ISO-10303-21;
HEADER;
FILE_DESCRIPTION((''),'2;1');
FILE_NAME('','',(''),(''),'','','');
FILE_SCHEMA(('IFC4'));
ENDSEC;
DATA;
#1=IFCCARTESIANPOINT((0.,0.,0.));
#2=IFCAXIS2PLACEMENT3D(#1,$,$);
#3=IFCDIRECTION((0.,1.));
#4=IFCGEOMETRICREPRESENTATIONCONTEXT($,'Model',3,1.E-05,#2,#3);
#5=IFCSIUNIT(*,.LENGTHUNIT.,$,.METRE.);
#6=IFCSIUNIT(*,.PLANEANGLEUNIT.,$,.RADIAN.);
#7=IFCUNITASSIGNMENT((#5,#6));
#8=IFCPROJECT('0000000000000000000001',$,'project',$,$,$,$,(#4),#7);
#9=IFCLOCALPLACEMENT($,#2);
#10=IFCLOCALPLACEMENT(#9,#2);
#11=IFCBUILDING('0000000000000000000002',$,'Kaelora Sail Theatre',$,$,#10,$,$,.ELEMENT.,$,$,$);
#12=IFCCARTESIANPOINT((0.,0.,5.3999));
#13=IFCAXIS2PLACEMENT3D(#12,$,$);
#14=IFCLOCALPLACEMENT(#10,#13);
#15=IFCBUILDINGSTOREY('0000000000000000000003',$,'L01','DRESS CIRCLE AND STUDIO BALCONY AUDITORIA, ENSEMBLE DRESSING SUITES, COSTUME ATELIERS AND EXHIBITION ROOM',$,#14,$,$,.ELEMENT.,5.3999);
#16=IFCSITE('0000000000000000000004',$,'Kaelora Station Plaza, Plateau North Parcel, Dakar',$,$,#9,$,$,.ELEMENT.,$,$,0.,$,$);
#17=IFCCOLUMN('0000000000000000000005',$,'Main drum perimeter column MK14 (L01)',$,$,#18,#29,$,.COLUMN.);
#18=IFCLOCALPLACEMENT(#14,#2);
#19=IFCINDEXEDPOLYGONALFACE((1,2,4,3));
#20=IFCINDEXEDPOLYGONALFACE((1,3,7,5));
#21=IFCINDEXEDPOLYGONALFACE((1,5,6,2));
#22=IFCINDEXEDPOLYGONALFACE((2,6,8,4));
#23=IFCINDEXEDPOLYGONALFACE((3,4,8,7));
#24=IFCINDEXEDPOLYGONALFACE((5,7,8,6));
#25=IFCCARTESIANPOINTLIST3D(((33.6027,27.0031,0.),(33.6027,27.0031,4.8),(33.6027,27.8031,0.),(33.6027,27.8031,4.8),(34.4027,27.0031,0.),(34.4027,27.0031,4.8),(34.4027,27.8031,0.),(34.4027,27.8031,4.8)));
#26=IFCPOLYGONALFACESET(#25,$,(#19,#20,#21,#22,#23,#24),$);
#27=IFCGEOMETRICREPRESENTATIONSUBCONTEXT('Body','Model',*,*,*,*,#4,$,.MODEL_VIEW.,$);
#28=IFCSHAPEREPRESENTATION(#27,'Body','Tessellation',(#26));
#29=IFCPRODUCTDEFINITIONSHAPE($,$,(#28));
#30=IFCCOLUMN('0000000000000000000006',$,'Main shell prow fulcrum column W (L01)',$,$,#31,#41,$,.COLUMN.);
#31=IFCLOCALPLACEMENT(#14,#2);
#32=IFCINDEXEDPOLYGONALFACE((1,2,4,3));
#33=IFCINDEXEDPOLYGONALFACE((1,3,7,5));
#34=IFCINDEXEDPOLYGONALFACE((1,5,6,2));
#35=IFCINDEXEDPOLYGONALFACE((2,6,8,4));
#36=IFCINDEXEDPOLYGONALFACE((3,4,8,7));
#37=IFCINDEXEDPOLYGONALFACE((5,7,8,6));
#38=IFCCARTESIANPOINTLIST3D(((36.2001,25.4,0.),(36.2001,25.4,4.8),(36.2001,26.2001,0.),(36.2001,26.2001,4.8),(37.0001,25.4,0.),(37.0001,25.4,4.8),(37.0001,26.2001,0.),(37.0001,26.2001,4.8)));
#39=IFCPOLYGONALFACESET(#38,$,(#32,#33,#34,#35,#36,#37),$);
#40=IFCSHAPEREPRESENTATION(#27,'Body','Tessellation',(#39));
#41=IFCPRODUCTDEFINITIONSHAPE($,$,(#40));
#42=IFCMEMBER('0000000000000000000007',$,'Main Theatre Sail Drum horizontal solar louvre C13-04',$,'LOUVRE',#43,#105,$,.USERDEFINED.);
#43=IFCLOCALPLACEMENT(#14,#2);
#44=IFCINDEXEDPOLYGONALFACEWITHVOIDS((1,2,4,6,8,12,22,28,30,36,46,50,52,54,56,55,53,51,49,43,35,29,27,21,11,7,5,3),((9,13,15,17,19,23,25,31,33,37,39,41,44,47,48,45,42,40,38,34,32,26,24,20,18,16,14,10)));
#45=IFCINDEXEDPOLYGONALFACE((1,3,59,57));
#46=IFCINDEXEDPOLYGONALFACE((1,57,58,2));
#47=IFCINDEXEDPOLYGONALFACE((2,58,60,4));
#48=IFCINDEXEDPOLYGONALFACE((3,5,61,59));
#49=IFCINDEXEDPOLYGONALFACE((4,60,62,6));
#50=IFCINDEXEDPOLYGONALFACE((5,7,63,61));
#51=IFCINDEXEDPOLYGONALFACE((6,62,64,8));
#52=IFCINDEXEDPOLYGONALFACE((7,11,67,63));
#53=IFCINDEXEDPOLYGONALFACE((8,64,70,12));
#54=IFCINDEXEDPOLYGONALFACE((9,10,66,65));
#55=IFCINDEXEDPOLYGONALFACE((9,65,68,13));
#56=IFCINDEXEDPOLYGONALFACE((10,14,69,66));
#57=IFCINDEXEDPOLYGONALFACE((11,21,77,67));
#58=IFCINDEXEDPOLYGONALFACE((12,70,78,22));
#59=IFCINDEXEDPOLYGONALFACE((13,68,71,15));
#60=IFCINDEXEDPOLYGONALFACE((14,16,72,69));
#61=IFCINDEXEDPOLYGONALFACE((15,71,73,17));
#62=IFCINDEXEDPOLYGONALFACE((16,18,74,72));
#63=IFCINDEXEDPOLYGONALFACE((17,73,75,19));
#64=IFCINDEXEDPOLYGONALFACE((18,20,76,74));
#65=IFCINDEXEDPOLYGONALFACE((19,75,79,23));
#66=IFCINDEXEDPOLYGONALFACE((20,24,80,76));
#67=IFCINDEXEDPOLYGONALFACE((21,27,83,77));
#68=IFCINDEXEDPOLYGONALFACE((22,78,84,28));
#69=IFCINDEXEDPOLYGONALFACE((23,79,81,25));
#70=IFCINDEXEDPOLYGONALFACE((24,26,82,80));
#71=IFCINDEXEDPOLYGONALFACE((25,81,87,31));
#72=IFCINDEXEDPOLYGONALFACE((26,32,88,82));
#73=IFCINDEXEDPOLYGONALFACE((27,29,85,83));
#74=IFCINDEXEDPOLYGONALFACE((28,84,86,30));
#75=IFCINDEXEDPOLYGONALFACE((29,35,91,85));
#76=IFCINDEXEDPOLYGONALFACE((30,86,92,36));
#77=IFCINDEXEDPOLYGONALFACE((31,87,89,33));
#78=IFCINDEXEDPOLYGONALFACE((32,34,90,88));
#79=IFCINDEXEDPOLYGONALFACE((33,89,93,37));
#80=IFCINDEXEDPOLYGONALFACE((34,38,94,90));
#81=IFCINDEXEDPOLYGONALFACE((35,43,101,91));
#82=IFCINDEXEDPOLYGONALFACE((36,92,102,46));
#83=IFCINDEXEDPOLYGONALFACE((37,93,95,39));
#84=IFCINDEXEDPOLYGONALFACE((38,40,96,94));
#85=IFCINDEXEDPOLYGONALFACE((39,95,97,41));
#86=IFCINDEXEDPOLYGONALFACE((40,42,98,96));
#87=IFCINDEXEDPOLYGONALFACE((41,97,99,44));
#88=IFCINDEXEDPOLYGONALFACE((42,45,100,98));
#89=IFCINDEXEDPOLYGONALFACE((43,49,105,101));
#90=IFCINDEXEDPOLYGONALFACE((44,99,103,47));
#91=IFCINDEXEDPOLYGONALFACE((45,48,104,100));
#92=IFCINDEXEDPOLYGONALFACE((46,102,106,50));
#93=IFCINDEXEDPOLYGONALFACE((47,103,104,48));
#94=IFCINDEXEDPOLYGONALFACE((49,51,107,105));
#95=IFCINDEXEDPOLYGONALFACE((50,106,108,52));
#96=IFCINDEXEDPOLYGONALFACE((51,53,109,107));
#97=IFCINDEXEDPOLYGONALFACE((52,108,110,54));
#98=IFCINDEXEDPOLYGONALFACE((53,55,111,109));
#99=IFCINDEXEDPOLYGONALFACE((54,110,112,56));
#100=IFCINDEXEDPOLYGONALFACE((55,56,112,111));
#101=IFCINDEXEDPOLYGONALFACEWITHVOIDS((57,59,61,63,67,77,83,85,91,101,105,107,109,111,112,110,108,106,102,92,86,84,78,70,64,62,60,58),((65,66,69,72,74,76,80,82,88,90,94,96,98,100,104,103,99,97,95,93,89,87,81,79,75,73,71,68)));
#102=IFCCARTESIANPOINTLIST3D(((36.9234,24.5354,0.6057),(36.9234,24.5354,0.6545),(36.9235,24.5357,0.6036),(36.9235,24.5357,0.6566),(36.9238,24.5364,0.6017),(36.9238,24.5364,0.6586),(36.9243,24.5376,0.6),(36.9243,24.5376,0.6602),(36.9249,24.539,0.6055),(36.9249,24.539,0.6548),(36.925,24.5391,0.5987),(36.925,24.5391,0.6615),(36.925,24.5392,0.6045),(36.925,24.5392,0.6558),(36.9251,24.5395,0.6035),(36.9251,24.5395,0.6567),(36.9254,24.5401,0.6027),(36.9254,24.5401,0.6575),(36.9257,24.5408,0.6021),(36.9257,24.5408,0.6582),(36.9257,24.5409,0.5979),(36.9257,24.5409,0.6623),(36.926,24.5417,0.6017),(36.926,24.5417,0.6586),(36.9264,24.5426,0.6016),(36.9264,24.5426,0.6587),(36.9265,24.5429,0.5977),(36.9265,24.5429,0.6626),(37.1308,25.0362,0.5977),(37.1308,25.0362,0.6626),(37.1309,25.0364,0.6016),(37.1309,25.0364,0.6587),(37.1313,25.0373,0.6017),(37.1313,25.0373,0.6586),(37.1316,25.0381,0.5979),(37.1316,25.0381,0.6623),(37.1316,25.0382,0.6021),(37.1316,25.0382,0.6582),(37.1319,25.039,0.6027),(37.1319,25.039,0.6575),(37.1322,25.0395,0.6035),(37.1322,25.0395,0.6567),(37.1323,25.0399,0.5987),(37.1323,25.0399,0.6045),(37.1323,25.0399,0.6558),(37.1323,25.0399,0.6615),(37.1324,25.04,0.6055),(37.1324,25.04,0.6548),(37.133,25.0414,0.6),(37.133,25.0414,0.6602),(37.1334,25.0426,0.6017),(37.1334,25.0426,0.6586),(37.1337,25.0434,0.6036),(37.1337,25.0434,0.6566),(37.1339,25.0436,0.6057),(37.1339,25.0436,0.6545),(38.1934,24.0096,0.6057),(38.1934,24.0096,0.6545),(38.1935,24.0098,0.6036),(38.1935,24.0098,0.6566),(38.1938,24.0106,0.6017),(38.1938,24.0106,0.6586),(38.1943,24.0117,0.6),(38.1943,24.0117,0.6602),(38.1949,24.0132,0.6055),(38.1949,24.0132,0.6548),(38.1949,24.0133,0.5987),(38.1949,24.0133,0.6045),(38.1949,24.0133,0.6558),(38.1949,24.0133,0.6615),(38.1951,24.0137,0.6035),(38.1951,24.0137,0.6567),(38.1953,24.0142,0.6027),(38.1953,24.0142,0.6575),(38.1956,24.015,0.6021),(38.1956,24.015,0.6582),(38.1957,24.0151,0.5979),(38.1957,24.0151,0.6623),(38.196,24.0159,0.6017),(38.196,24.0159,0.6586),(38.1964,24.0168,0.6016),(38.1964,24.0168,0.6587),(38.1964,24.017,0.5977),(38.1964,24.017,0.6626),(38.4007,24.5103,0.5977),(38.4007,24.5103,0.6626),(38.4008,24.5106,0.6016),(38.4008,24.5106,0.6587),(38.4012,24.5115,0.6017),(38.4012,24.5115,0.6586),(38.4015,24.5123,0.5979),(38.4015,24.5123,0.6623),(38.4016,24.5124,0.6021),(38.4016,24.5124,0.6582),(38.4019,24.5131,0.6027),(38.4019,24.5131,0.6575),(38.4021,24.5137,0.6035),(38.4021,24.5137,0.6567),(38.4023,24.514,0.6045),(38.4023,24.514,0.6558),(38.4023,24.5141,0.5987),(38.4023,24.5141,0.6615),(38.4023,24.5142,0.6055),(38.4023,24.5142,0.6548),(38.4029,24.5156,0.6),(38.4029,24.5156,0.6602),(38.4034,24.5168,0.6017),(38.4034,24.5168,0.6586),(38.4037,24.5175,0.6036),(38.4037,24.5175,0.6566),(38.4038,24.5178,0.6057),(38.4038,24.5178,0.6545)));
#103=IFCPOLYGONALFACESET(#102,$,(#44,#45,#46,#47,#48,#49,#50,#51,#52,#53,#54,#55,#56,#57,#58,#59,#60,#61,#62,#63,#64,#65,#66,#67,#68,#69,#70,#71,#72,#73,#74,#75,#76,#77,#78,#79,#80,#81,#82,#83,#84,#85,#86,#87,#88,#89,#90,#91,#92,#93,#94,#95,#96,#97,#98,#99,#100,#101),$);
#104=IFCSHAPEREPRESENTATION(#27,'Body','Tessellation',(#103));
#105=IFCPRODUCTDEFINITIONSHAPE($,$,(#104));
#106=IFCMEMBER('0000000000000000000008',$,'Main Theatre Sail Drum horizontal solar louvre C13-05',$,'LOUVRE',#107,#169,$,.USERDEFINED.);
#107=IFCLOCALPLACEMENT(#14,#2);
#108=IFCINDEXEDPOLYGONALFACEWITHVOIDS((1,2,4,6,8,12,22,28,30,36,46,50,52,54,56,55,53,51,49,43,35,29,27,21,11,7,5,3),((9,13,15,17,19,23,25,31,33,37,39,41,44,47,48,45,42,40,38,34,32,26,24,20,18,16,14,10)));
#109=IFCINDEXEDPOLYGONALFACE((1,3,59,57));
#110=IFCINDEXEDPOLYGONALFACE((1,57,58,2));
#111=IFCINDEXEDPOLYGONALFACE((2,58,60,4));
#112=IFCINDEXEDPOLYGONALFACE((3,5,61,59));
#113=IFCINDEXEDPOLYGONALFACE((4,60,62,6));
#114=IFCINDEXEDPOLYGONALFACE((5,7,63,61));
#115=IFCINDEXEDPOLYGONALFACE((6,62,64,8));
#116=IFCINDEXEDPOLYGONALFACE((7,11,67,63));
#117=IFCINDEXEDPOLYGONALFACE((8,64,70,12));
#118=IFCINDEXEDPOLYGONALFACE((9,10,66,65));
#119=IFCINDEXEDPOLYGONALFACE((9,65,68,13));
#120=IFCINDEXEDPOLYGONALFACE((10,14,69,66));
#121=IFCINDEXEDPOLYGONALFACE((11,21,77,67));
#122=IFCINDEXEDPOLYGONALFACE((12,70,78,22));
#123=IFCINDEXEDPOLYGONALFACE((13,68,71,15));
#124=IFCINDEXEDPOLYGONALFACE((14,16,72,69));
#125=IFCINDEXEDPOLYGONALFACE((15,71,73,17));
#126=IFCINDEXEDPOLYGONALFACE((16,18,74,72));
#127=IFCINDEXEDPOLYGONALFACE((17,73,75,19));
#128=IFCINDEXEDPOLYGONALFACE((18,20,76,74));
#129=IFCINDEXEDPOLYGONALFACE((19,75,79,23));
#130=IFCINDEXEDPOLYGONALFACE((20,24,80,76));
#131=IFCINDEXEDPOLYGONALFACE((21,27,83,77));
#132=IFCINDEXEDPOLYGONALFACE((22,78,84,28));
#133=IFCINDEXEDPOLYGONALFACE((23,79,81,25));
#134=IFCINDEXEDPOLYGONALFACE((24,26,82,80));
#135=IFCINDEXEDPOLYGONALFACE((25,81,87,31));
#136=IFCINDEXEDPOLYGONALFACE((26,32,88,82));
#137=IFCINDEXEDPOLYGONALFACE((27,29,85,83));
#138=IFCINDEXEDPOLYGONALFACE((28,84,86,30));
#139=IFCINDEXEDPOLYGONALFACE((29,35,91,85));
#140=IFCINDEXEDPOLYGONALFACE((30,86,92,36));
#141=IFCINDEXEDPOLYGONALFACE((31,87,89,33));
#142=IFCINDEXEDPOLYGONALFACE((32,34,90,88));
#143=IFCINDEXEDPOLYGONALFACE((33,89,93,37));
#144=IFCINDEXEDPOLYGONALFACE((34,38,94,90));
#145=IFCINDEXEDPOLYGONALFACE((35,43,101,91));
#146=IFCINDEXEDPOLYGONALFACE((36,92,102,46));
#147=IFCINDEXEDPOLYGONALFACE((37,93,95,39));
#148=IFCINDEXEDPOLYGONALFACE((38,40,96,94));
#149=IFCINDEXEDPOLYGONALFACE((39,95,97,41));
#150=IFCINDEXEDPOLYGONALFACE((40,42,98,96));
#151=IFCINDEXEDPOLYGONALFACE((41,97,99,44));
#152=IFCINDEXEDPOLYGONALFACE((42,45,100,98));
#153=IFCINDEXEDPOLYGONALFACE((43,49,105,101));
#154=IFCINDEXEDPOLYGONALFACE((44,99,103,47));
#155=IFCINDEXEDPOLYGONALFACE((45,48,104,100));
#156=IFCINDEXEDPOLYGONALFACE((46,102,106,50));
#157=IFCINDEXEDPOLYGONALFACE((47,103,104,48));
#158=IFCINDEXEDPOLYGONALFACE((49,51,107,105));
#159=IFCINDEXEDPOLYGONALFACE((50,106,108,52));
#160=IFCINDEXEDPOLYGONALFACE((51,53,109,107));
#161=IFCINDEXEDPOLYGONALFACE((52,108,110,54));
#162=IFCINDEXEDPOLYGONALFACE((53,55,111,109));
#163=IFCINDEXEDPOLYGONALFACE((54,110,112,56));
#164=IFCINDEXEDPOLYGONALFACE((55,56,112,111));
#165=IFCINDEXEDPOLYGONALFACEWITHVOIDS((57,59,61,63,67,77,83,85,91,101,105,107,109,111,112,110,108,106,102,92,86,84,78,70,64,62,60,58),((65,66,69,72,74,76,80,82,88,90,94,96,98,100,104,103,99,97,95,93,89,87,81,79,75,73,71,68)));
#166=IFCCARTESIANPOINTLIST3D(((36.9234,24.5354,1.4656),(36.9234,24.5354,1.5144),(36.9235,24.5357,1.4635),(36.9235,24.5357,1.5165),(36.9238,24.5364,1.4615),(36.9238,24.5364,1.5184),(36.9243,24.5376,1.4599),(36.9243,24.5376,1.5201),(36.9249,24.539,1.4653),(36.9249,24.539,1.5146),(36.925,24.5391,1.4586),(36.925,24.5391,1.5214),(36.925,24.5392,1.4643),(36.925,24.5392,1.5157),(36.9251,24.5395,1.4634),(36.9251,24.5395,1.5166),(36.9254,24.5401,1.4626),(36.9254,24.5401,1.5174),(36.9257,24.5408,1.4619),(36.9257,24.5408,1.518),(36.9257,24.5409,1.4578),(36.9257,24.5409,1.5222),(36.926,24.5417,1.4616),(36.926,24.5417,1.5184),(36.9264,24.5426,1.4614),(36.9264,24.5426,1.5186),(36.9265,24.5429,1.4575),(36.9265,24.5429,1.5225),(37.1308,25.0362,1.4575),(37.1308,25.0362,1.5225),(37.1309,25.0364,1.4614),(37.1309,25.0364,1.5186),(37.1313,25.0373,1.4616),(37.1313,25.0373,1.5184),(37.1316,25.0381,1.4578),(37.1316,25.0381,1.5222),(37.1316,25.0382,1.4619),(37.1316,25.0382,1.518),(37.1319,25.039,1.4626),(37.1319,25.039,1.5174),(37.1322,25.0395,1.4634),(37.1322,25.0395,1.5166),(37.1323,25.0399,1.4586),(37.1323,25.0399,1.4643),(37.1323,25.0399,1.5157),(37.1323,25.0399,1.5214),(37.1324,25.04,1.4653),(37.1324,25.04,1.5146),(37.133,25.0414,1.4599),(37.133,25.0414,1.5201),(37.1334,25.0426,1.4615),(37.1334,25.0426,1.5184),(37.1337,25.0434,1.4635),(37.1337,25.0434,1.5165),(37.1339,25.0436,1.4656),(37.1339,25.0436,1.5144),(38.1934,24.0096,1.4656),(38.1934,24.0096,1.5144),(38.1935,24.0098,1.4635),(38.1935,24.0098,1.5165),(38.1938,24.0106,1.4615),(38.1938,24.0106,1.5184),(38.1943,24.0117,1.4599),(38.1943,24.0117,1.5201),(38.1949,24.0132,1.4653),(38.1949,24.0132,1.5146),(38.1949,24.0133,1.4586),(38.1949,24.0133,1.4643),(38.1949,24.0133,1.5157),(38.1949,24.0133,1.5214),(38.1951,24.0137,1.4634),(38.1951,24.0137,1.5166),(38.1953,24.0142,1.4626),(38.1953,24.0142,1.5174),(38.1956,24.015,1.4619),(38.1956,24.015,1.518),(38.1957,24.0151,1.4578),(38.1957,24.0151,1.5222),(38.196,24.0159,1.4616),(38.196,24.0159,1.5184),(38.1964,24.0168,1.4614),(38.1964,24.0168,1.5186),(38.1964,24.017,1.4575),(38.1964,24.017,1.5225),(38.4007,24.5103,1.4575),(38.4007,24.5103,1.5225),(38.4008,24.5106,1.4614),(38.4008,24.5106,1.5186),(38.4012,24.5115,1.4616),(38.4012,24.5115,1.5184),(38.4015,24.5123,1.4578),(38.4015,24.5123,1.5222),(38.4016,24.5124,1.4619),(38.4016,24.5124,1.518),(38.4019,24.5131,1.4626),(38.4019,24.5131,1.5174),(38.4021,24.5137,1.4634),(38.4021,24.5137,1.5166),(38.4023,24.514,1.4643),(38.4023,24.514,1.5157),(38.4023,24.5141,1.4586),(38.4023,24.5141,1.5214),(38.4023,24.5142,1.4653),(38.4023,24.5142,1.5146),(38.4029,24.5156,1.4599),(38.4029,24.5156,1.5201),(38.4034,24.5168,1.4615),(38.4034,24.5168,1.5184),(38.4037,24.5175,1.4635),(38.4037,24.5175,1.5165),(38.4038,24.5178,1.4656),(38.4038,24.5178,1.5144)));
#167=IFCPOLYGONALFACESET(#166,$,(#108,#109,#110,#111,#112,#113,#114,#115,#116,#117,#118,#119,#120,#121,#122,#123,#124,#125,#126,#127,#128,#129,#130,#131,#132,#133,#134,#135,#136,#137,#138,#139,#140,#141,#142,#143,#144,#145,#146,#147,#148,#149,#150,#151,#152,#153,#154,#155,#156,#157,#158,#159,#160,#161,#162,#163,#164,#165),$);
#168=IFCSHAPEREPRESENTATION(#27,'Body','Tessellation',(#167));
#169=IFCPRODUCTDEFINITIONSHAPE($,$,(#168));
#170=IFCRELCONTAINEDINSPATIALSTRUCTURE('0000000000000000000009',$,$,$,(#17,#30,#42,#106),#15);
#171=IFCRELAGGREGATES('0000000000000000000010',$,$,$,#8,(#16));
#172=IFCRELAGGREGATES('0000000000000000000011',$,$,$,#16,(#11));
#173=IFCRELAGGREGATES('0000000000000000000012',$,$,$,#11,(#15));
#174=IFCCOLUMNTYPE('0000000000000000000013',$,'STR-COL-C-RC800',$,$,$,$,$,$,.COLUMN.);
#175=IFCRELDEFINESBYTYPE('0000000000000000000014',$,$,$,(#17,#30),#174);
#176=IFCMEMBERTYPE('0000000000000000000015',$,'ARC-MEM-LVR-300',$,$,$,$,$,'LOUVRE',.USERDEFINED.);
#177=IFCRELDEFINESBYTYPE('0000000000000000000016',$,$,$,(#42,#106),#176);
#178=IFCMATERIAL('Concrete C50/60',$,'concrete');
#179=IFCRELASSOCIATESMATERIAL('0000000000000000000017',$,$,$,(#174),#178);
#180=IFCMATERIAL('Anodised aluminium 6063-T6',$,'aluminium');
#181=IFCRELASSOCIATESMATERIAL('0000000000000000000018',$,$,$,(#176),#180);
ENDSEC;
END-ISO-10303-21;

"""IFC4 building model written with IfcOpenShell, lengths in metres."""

from ifc_helpers import new_model, si_unit, direction, frame, origin, origin_2d, place, context, subcontext, project, spatial, rectangle, hollow_rectangle, extrude, material, material_profile, profile_set, type_object, element, save


model = new_model("IFC4")

# Units and contexts
model_context = context("Model", 3, precision=1e-05, world=origin(), true_north=direction((0.0, 1.0)))
body_context = subcontext(model_context, "Body", "Model", "MODEL_VIEW")
ifc_project = project(units=[si_unit("LENGTHUNIT", "METRE"), si_unit("PLANEANGLEUNIT", "RADIAN")], contexts=[model_context])

# Site, building, storey
site_placement = place(None, origin())
site = spatial("IfcSite", under=ifc_project, at=site_placement, Name="Kaelora Station Plaza, Plateau North Parcel, Dakar", CompositionType="ELEMENT", RefElevation=0.0)
building_placement = place(site_placement, origin())
building = spatial("IfcBuilding", under=site, at=building_placement, Name="Kaelora Sail Theatre", CompositionType="ELEMENT")
storey_placement = place(building_placement, frame((0.0, 0.0, 5.3999)))
storey = spatial("IfcBuildingStorey", under=building, at=storey_placement, Name="L01", Description="DRESS CIRCLE AND STUDIO BALCONY AUDITORIA, ENSEMBLE DRESSING SUITES, COSTUME ATELIERS AND EXHIBITION ROOM", CompositionType="ELEMENT", Elevation=5.3999)

# Columns
ifc_material_1 = material(Name="Concrete C50/60", Category="concrete")
ifc_material_profile_1 = material_profile(ifc_material_1, rectangle(XDim=0.8, YDim=0.8, at=origin_2d()), Name="RC-COL 800x800")
ifc_profile_set_1 = profile_set([ifc_material_profile_1], Name="Concrete C50/60")
column_type = type_object("IfcColumnType", Name="STR-COL-C-RC800", PredefinedType="COLUMN", material=ifc_profile_set_1)
for number, where, z_axis, x_axis, name in (
    (1, (34.0027, 27.4031, 0.0), (0.0, 0.0, 1.0), (1.0, 0.0, 0.0), "Main drum perimeter column MK14 (L01)"),
    (2, (36.6001, 25.8, 0.0), (0.0, 0.0, 1.0), (1.0, 0.0, 0.0), "Main shell prow fulcrum column W (L01)"),
):
    element("IfcColumn", number, at=place(storey_placement, frame(where, z_axis=z_axis, x_axis=x_axis)), inside=storey, type_object=column_type, Name=name, PredefinedType="COLUMN", context=body_context, shape_type="SweptSolid", body=[
        extrude(rectangle(XDim=0.8, YDim=0.8, at=origin_2d()), origin(), (0.0, 0.0, 1.0), 4.8),
    ])

# Members
ifc_material_2 = material(Name="Anodised aluminium 6063-T6", Category="aluminium")
ifc_material_profile_2 = material_profile(ifc_material_2, hollow_rectangle(XDim=0.55, YDim=0.0649, WallThickness=0.0039, InnerFilletRadius=0.0039, OuterFilletRadius=0.0081, at=origin_2d()), Name="LOUVRE 550x65x4")
ifc_profile_set_2 = profile_set([ifc_material_profile_2], Name="Anodised aluminium 6063-T6")
member_type = type_object("IfcMemberType", Name="ARC-MEM-LVR-300", ElementType="LOUVRE", PredefinedType="USERDEFINED", material=ifc_profile_set_2)
for number, where, z_axis, x_axis, name in (
    (3, (38.2986, 24.2637, 0.6301), (-0.923926, 0.382571, 0.0), (-0.382571, -0.923926, 0.0), "Main Theatre Sail Drum horizontal solar louvre C13-04"),
    (4, (38.2986, 24.2637, 1.49), (-0.923926, 0.382571, 0.0), (-0.382571, -0.923926, 0.0), "Main Theatre Sail Drum horizontal solar louvre C13-05"),
):
    element("IfcMember", number, at=place(storey_placement, frame(where, z_axis=z_axis, x_axis=x_axis)), inside=storey, type_object=member_type, Name=name, ObjectType="LOUVRE", PredefinedType="USERDEFINED", context=body_context, shape_type="SweptSolid", body=[
        extrude(hollow_rectangle(XDim=0.55, YDim=0.0649, WallThickness=0.0039, InnerFilletRadius=0.0039, OuterFilletRadius=0.0081, at=origin_2d()), origin(), (0.0, 0.0, 1.0), 1.3745),
    ])

save(model, "model.ifc")
